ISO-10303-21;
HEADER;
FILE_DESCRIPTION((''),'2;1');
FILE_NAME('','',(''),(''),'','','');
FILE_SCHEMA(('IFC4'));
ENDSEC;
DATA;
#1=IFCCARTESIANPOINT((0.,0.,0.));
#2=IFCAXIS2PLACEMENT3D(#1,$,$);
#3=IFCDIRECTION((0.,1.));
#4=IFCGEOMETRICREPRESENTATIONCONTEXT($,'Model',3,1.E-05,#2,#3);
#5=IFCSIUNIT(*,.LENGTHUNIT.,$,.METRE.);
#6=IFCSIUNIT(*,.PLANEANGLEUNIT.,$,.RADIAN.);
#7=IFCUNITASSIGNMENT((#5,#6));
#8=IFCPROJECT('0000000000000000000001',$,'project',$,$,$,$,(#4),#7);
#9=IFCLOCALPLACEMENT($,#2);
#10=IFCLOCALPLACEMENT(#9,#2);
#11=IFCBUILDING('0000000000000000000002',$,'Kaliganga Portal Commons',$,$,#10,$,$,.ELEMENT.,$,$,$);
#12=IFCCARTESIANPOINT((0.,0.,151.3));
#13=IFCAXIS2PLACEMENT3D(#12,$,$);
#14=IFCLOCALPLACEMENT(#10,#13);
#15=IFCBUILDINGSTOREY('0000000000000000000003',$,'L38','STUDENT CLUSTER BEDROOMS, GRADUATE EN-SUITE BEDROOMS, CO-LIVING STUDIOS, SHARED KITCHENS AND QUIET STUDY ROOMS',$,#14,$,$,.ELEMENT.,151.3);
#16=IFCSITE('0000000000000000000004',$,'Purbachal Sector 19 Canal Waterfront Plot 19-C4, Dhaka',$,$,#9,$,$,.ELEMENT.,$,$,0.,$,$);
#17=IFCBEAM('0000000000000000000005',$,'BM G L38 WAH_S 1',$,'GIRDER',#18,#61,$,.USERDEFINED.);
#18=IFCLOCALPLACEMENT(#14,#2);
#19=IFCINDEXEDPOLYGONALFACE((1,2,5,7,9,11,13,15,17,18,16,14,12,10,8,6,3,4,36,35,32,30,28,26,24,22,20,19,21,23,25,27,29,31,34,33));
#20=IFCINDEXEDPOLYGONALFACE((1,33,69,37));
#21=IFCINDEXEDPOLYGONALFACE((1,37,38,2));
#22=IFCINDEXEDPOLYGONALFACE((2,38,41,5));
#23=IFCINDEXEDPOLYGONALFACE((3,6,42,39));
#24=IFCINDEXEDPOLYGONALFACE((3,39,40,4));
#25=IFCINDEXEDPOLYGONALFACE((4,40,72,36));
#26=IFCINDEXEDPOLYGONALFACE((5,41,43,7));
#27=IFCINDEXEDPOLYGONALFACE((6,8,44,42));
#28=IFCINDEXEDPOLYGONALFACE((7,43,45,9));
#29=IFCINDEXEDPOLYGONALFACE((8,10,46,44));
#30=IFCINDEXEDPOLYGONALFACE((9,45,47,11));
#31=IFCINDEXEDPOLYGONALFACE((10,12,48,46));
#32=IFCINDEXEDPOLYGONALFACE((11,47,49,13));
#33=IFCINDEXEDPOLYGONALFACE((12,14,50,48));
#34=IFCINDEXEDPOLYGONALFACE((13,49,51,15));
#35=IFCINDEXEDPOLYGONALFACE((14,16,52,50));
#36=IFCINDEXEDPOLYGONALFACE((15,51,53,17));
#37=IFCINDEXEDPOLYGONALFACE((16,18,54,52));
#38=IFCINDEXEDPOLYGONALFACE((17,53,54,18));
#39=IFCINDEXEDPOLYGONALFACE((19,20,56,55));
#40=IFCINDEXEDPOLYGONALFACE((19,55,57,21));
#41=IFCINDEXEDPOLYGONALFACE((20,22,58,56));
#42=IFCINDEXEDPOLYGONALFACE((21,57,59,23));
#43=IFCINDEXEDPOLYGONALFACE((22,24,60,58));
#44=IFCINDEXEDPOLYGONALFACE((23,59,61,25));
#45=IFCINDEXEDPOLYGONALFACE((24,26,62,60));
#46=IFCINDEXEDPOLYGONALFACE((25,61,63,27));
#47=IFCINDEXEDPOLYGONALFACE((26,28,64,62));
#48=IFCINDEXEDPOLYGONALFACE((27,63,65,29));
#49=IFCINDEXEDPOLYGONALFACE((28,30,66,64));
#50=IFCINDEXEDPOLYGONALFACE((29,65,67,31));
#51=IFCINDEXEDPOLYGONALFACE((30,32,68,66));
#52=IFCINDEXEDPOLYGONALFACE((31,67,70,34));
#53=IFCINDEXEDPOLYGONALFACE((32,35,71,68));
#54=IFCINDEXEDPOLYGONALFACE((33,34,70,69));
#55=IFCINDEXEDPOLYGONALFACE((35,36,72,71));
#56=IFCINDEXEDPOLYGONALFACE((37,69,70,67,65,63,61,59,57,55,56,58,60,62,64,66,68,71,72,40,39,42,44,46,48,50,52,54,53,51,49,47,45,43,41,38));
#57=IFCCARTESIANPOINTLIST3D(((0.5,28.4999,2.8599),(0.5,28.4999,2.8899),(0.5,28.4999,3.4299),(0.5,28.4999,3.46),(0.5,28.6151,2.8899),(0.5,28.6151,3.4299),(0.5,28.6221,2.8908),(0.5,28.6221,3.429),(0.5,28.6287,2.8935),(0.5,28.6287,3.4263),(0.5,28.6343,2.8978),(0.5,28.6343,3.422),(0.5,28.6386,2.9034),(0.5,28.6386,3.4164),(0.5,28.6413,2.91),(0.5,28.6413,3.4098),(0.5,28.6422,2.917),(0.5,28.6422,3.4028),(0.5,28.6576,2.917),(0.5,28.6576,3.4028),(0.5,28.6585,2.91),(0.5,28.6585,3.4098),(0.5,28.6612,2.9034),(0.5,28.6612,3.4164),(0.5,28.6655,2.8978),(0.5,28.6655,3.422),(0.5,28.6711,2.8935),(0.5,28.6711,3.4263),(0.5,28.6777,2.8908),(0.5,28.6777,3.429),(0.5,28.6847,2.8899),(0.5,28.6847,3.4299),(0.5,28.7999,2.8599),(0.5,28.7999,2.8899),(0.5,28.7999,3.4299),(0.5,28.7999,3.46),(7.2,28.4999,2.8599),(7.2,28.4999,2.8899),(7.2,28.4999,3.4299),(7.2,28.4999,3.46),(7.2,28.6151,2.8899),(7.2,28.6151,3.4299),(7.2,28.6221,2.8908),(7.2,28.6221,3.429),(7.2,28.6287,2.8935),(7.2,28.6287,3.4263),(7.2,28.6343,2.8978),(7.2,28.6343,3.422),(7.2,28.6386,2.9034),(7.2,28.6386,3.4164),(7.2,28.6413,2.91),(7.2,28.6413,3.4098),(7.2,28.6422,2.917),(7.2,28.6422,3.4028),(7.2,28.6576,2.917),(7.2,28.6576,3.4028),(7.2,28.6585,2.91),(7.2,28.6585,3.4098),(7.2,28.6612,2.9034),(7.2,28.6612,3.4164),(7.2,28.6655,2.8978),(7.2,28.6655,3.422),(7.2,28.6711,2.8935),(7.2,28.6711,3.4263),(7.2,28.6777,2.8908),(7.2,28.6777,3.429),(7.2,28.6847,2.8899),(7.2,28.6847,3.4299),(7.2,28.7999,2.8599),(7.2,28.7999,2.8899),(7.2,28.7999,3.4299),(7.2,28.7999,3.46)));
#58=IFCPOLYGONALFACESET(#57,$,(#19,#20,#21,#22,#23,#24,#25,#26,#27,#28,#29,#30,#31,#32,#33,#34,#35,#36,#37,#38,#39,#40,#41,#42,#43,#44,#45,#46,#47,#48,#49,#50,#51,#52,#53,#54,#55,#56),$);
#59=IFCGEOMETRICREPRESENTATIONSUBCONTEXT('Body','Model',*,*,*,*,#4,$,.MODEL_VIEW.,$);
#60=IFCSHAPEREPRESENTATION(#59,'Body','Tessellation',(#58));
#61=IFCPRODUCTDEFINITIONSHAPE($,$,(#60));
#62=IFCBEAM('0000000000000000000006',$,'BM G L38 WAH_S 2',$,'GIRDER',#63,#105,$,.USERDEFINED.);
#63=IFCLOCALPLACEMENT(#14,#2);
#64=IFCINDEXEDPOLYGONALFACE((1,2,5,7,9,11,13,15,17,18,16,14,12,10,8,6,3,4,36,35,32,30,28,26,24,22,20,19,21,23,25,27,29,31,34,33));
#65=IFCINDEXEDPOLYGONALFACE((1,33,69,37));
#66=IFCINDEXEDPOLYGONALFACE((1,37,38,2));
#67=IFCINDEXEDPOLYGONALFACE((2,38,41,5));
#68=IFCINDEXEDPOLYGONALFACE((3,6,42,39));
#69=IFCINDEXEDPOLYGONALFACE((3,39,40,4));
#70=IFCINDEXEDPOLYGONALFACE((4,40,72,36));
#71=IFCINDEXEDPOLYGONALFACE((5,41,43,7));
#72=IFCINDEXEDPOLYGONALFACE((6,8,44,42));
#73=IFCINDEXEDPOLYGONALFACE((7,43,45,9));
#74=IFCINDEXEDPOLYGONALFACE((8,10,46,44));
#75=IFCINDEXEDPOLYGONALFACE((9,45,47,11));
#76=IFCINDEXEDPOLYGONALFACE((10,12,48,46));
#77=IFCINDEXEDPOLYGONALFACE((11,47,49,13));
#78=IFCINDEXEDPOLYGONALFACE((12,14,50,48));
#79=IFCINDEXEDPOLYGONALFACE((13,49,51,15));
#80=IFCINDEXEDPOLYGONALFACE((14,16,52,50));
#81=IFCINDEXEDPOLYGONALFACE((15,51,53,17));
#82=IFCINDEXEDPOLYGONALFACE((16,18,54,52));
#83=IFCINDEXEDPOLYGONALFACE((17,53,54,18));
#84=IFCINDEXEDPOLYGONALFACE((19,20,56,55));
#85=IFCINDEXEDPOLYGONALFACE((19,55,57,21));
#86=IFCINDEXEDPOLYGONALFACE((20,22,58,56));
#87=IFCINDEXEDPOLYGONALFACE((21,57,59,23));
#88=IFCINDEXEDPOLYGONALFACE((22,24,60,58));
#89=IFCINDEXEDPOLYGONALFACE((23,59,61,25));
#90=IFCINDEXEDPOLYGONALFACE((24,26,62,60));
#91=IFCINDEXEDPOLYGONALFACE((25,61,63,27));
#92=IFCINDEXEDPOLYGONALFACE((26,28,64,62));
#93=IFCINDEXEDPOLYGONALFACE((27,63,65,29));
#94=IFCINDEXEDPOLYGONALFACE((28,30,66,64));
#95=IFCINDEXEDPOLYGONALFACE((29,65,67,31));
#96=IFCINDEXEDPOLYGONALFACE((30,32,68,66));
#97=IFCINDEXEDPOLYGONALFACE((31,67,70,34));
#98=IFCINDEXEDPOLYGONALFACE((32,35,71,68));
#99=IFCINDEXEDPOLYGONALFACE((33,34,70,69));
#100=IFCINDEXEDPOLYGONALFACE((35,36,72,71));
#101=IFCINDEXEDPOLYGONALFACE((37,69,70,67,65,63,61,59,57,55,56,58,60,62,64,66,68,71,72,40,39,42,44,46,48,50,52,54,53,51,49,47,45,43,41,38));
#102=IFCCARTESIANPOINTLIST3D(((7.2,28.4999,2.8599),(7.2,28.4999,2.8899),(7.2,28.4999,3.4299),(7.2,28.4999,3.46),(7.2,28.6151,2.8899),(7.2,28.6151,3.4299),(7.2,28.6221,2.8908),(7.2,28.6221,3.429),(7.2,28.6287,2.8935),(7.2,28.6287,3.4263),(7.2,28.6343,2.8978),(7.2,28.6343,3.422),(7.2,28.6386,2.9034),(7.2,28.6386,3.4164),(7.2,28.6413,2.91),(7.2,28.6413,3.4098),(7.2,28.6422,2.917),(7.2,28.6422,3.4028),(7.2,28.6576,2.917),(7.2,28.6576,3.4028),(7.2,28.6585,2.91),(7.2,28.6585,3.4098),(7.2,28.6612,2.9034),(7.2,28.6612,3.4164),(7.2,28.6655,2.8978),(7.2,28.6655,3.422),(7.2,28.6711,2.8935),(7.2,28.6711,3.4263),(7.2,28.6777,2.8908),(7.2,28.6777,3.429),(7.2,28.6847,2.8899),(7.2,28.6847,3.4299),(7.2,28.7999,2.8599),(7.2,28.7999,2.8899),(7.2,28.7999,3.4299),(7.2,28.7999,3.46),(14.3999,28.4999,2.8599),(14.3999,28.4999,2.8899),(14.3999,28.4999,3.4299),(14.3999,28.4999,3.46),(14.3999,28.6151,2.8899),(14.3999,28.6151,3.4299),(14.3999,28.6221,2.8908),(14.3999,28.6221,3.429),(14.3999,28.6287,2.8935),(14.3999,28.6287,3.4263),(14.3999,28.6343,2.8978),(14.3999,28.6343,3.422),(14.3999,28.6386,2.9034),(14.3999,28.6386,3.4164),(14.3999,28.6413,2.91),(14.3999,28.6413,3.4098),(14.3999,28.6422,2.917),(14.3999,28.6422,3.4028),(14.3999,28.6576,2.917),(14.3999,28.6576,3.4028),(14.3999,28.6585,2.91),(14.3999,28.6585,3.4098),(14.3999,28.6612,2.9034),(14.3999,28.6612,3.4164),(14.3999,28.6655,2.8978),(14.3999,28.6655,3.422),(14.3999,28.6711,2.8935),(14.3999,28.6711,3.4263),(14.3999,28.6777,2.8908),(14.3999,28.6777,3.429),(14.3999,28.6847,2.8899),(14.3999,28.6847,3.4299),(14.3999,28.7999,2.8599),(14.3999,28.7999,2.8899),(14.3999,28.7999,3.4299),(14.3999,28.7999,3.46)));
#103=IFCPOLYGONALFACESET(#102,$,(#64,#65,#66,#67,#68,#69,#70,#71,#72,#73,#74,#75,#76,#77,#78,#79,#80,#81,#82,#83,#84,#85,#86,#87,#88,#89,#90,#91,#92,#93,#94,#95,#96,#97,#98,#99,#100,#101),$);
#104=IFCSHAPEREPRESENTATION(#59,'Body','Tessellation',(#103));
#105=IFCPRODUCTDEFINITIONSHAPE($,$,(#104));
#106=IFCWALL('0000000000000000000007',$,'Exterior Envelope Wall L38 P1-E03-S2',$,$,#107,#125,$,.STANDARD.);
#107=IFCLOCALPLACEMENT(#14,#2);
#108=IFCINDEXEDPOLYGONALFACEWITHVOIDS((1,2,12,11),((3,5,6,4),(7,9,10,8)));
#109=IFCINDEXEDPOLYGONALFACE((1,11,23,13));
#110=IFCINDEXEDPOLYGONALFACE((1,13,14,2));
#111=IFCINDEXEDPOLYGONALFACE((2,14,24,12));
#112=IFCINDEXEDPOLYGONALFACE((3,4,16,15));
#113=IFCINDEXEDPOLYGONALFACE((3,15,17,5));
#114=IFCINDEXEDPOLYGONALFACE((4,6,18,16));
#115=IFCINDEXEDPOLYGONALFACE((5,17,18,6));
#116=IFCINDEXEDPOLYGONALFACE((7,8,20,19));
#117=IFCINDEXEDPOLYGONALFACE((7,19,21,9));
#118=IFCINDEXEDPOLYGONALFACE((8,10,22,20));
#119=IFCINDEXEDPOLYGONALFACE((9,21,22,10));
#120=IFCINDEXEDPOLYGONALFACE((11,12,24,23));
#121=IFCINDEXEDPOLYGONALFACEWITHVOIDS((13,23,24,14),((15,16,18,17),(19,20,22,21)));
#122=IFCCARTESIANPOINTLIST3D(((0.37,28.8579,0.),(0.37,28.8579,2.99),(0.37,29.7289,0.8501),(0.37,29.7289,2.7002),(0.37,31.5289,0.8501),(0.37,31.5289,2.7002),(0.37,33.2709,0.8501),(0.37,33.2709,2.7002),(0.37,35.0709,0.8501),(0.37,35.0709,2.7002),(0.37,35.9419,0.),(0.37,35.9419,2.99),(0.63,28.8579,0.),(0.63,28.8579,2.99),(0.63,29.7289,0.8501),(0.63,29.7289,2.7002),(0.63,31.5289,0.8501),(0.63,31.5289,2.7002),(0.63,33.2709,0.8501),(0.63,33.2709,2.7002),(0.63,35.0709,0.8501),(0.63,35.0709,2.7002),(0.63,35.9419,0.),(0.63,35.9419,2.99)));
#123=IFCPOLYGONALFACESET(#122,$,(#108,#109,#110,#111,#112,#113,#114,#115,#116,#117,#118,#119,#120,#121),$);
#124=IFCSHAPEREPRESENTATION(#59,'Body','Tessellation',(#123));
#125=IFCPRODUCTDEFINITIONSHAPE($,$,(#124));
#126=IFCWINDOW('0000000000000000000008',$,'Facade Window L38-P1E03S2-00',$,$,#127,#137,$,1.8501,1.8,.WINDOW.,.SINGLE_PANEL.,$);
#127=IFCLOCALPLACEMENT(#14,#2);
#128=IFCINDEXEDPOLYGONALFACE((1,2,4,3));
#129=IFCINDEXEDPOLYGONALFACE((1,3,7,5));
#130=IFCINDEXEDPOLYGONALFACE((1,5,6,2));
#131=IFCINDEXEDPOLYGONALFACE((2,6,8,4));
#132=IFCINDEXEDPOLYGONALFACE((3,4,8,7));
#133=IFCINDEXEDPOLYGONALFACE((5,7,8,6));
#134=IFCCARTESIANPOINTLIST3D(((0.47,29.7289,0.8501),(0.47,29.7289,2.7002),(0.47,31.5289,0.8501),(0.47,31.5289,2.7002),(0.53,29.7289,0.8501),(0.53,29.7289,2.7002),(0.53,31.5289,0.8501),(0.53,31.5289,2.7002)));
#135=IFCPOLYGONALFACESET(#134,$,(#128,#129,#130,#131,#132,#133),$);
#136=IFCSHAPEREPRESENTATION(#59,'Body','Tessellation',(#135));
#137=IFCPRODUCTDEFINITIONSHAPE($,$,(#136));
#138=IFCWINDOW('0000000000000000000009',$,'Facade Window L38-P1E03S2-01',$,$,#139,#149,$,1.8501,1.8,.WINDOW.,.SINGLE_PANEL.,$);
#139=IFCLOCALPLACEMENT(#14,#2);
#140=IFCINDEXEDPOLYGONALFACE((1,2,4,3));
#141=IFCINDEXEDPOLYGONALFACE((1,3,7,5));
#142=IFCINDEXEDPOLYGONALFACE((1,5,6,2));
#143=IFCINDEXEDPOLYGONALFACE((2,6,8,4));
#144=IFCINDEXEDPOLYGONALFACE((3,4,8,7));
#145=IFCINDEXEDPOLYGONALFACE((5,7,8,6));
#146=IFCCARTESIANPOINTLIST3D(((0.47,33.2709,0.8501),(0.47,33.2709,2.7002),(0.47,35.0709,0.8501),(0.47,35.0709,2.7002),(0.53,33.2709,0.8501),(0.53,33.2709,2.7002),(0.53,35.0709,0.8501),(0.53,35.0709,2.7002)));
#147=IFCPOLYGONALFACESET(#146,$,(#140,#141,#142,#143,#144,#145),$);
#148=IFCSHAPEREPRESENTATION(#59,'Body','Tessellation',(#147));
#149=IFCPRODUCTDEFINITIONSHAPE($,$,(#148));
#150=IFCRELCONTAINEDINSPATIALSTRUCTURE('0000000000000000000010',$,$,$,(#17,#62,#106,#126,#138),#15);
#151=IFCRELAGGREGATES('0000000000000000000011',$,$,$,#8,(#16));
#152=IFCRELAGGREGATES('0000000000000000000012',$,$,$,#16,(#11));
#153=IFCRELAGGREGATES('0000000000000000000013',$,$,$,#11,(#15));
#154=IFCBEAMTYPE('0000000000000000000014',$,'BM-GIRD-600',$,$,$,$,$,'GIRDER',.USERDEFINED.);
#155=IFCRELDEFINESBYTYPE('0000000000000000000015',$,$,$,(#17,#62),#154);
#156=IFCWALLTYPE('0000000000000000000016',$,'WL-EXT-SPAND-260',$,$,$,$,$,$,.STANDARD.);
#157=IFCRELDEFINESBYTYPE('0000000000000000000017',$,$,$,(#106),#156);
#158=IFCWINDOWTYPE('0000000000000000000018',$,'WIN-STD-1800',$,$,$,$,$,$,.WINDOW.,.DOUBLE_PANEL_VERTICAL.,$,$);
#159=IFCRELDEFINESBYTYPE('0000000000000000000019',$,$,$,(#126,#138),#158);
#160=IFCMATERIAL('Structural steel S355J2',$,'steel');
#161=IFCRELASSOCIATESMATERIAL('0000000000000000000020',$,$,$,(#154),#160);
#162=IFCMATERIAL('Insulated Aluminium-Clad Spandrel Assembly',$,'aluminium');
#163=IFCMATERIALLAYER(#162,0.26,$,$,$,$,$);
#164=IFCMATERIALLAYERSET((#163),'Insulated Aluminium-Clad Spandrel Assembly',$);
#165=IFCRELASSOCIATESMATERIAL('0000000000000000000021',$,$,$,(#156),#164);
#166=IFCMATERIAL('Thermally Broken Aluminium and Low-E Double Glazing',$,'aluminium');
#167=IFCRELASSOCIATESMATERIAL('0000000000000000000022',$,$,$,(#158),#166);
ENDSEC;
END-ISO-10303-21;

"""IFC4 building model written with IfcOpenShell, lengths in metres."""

from ifc_helpers import new_model, si_unit, direction, frame, frame_2d, origin, origin_2d, place, context, subcontext, project, spatial, rectangle, i_section, extrude, source, transform, mapped, material, layer, layer_set, material_profile, profile_set, type_object, element, fill, save


model = new_model("IFC4")

# Units and contexts
model_context = context("Model", 3, precision=1e-05, world=origin(), true_north=direction((0.0, 1.0)))
body_context = subcontext(model_context, "Body", "Model", "MODEL_VIEW")
ifc_project = project(units=[si_unit("LENGTHUNIT", "METRE"), si_unit("PLANEANGLEUNIT", "RADIAN")], contexts=[model_context])

# Site, building, storey
site_placement = place(None, origin())
site = spatial("IfcSite", under=ifc_project, at=site_placement, Name="Purbachal Sector 19 Canal Waterfront Plot 19-C4, Dhaka", CompositionType="ELEMENT", RefElevation=0.0)
building_placement = place(site_placement, origin())
building = spatial("IfcBuilding", under=site, at=building_placement, Name="Kaliganga Portal Commons", CompositionType="ELEMENT")
storey_placement = place(building_placement, frame((0.0, 0.0, 151.3)))
storey = spatial("IfcBuildingStorey", under=building, at=storey_placement, Name="L38", Description="STUDENT CLUSTER BEDROOMS, GRADUATE EN-SUITE BEDROOMS, CO-LIVING STUDIOS, SHARED KITCHENS AND QUIET STUDY ROOMS", CompositionType="ELEMENT", Elevation=151.3)

# Beams
ifc_material_1 = material(Name="Structural steel S355J2", Category="steel")
ifc_material_profile_1 = material_profile(ifc_material_1, i_section(OverallWidth=0.3, OverallDepth=0.6001, WebThickness=0.0154, FlangeThickness=0.03, FilletRadius=0.0271, at=origin_2d()), Name="HE 600 B")
ifc_profile_set_1 = profile_set([ifc_material_profile_1], Name="Structural steel S355J2 wide-flange")
beam_type_1 = type_object("IfcBeamType", Name="BM-GIRD-600", ElementType="GIRDER", PredefinedType="USERDEFINED", material=ifc_profile_set_1)
shared_shape_1 = source(origin(), body_context, "Body", "SweptSolid", [
    extrude(i_section(OverallWidth=0.3, OverallDepth=0.6001, WebThickness=0.0154, FlangeThickness=0.03, FilletRadius=0.0271, at=origin_2d()), origin(), (0.0, 0.0, 1.0), 6.7),
])
beam_1_placement = place(storey_placement, frame((0.5, 28.6499, 3.1599), z_axis=(1.0, 0.0, 0.0), x_axis=(0.0, 1.0, 0.0)))
element("IfcBeam", 1, at=beam_1_placement, inside=storey, type_object=beam_type_1, Name="BM G L38 WAH_S 1", ObjectType="GIRDER", PredefinedType="USERDEFINED", context=body_context, shape_type="MappedRepresentation", body=[
    mapped(shared_shape_1, transform((0.0, 0.0, 0.0), x_axis=(1.0, 0.0, 0.0), y_axis=(0.0, 1.0, 0.0), z_axis=(0.0, 0.0, 1.0), scale=1.0)),
])
shared_shape_2 = source(origin(), body_context, "Body", "SweptSolid", [
    extrude(i_section(OverallWidth=0.3, OverallDepth=0.6001, WebThickness=0.0154, FlangeThickness=0.03, FilletRadius=0.0271, at=origin_2d()), origin(), (0.0, 0.0, 1.0), 7.2),
])
beam_2_placement = place(storey_placement, frame((7.2, 28.6499, 3.1599), z_axis=(1.0, 0.0, 0.0), x_axis=(0.0, 1.0, 0.0)))
element("IfcBeam", 2, at=beam_2_placement, inside=storey, type_object=beam_type_1, Name="BM G L38 WAH_S 2", ObjectType="GIRDER", PredefinedType="USERDEFINED", context=body_context, shape_type="MappedRepresentation", body=[
    mapped(shared_shape_2, transform((0.0, 0.0, 0.0), x_axis=(1.0, 0.0, 0.0), y_axis=(0.0, 1.0, 0.0), z_axis=(0.0, 0.0, 1.0), scale=1.0)),
])

# Wall, openings, windows
ifc_material_2 = material(Name="Insulated Aluminium-Clad Spandrel Assembly", Category="aluminium")
ifc_layer_1 = layer(ifc_material_2, 0.26)
ifc_layer_set_1 = layer_set([ifc_layer_1], Name="Insulated Aluminium-Clad Spandrel Assembly")
wall_type_1 = type_object("IfcWallType", Name="WL-EXT-SPAND-260", PredefinedType="STANDARD", material=ifc_layer_set_1)
wall_1_placement = place(storey_placement, frame((0.5, 28.8579, 0.0), z_axis=(0.0, 0.0, 1.0), x_axis=(0.0, 1.0, 0.0)))
wall_1 = element("IfcWall", 3, at=wall_1_placement, inside=storey, type_object=wall_type_1, Name="Exterior Envelope Wall L38 P1-E03-S2", PredefinedType="STANDARD", context=body_context, shape_type="SweptSolid", body=[
    extrude(rectangle(XDim=7.084, YDim=0.26, at=frame_2d((3.542, 0.0))), origin(), (0.0, 0.0, 1.0), 2.99),
])
opening_1_placement = place(wall_1_placement, frame((0.8711, 0.0, 0.8501)))
opening_1 = element("IfcOpeningElement", 4, at=opening_1_placement, cuts=wall_1, PredefinedType="OPENING", context=body_context, shape_type="SweptSolid", body=[
    extrude(rectangle(XDim=1.8, YDim=1.8501, at=frame_2d((0.8999, 0.925))), frame((0.0, 0.1401, 0.0), z_axis=(0.0, -1.0, 0.0), x_axis=(1.0, 0.0, 0.0)), (0.0, 0.0, 1.0), 0.28),
])
opening_2_placement = place(wall_1_placement, frame((4.4131, 0.0, 0.8501)))
opening_2 = element("IfcOpeningElement", 5, at=opening_2_placement, cuts=wall_1, PredefinedType="OPENING", context=body_context, shape_type="SweptSolid", body=[
    extrude(rectangle(XDim=1.8, YDim=1.8501, at=frame_2d((0.8999, 0.925))), frame((0.0, 0.1401, 0.0), z_axis=(0.0, -1.0, 0.0), x_axis=(1.0, 0.0, 0.0)), (0.0, 0.0, 1.0), 0.28),
])
ifc_material_3 = material(Name="Thermally Broken Aluminium and Low-E Double Glazing", Category="aluminium")
window_type = type_object("IfcWindowType", Name="WIN-STD-1800", PartitioningType="DOUBLE_PANEL_VERTICAL", PredefinedType="WINDOW", material=ifc_material_3)
window_1_placement = place(opening_1_placement, origin())
window_1 = element("IfcWindow", 6, at=window_1_placement, inside=storey, type_object=window_type, Name="Facade Window L38-P1E03S2-00", OverallHeight=1.8501, OverallWidth=1.8, PartitioningType="SINGLE_PANEL", PredefinedType="WINDOW", context=body_context, shape_type="SweptSolid", body=[
    extrude(rectangle(XDim=1.8, YDim=1.8501, at=frame_2d((0.8999, 0.925))), frame((0.0, 0.03, 0.0), z_axis=(0.0, -1.0, 0.0), x_axis=(1.0, 0.0, 0.0)), (0.0, 0.0, 1.0), 0.0601),
])
fill(opening_1, window_1)
window_2_placement = place(opening_2_placement, origin())
window_2 = element("IfcWindow", 7, at=window_2_placement, inside=storey, type_object=window_type, Name="Facade Window L38-P1E03S2-01", OverallHeight=1.8501, OverallWidth=1.8, PartitioningType="SINGLE_PANEL", PredefinedType="WINDOW", context=body_context, shape_type="SweptSolid", body=[
    extrude(rectangle(XDim=1.8, YDim=1.8501, at=frame_2d((0.8999, 0.925))), frame((0.0, 0.03, 0.0), z_axis=(0.0, -1.0, 0.0), x_axis=(1.0, 0.0, 0.0)), (0.0, 0.0, 1.0), 0.0601),
])
fill(opening_2, window_2)

save(model, "model.ifc")
